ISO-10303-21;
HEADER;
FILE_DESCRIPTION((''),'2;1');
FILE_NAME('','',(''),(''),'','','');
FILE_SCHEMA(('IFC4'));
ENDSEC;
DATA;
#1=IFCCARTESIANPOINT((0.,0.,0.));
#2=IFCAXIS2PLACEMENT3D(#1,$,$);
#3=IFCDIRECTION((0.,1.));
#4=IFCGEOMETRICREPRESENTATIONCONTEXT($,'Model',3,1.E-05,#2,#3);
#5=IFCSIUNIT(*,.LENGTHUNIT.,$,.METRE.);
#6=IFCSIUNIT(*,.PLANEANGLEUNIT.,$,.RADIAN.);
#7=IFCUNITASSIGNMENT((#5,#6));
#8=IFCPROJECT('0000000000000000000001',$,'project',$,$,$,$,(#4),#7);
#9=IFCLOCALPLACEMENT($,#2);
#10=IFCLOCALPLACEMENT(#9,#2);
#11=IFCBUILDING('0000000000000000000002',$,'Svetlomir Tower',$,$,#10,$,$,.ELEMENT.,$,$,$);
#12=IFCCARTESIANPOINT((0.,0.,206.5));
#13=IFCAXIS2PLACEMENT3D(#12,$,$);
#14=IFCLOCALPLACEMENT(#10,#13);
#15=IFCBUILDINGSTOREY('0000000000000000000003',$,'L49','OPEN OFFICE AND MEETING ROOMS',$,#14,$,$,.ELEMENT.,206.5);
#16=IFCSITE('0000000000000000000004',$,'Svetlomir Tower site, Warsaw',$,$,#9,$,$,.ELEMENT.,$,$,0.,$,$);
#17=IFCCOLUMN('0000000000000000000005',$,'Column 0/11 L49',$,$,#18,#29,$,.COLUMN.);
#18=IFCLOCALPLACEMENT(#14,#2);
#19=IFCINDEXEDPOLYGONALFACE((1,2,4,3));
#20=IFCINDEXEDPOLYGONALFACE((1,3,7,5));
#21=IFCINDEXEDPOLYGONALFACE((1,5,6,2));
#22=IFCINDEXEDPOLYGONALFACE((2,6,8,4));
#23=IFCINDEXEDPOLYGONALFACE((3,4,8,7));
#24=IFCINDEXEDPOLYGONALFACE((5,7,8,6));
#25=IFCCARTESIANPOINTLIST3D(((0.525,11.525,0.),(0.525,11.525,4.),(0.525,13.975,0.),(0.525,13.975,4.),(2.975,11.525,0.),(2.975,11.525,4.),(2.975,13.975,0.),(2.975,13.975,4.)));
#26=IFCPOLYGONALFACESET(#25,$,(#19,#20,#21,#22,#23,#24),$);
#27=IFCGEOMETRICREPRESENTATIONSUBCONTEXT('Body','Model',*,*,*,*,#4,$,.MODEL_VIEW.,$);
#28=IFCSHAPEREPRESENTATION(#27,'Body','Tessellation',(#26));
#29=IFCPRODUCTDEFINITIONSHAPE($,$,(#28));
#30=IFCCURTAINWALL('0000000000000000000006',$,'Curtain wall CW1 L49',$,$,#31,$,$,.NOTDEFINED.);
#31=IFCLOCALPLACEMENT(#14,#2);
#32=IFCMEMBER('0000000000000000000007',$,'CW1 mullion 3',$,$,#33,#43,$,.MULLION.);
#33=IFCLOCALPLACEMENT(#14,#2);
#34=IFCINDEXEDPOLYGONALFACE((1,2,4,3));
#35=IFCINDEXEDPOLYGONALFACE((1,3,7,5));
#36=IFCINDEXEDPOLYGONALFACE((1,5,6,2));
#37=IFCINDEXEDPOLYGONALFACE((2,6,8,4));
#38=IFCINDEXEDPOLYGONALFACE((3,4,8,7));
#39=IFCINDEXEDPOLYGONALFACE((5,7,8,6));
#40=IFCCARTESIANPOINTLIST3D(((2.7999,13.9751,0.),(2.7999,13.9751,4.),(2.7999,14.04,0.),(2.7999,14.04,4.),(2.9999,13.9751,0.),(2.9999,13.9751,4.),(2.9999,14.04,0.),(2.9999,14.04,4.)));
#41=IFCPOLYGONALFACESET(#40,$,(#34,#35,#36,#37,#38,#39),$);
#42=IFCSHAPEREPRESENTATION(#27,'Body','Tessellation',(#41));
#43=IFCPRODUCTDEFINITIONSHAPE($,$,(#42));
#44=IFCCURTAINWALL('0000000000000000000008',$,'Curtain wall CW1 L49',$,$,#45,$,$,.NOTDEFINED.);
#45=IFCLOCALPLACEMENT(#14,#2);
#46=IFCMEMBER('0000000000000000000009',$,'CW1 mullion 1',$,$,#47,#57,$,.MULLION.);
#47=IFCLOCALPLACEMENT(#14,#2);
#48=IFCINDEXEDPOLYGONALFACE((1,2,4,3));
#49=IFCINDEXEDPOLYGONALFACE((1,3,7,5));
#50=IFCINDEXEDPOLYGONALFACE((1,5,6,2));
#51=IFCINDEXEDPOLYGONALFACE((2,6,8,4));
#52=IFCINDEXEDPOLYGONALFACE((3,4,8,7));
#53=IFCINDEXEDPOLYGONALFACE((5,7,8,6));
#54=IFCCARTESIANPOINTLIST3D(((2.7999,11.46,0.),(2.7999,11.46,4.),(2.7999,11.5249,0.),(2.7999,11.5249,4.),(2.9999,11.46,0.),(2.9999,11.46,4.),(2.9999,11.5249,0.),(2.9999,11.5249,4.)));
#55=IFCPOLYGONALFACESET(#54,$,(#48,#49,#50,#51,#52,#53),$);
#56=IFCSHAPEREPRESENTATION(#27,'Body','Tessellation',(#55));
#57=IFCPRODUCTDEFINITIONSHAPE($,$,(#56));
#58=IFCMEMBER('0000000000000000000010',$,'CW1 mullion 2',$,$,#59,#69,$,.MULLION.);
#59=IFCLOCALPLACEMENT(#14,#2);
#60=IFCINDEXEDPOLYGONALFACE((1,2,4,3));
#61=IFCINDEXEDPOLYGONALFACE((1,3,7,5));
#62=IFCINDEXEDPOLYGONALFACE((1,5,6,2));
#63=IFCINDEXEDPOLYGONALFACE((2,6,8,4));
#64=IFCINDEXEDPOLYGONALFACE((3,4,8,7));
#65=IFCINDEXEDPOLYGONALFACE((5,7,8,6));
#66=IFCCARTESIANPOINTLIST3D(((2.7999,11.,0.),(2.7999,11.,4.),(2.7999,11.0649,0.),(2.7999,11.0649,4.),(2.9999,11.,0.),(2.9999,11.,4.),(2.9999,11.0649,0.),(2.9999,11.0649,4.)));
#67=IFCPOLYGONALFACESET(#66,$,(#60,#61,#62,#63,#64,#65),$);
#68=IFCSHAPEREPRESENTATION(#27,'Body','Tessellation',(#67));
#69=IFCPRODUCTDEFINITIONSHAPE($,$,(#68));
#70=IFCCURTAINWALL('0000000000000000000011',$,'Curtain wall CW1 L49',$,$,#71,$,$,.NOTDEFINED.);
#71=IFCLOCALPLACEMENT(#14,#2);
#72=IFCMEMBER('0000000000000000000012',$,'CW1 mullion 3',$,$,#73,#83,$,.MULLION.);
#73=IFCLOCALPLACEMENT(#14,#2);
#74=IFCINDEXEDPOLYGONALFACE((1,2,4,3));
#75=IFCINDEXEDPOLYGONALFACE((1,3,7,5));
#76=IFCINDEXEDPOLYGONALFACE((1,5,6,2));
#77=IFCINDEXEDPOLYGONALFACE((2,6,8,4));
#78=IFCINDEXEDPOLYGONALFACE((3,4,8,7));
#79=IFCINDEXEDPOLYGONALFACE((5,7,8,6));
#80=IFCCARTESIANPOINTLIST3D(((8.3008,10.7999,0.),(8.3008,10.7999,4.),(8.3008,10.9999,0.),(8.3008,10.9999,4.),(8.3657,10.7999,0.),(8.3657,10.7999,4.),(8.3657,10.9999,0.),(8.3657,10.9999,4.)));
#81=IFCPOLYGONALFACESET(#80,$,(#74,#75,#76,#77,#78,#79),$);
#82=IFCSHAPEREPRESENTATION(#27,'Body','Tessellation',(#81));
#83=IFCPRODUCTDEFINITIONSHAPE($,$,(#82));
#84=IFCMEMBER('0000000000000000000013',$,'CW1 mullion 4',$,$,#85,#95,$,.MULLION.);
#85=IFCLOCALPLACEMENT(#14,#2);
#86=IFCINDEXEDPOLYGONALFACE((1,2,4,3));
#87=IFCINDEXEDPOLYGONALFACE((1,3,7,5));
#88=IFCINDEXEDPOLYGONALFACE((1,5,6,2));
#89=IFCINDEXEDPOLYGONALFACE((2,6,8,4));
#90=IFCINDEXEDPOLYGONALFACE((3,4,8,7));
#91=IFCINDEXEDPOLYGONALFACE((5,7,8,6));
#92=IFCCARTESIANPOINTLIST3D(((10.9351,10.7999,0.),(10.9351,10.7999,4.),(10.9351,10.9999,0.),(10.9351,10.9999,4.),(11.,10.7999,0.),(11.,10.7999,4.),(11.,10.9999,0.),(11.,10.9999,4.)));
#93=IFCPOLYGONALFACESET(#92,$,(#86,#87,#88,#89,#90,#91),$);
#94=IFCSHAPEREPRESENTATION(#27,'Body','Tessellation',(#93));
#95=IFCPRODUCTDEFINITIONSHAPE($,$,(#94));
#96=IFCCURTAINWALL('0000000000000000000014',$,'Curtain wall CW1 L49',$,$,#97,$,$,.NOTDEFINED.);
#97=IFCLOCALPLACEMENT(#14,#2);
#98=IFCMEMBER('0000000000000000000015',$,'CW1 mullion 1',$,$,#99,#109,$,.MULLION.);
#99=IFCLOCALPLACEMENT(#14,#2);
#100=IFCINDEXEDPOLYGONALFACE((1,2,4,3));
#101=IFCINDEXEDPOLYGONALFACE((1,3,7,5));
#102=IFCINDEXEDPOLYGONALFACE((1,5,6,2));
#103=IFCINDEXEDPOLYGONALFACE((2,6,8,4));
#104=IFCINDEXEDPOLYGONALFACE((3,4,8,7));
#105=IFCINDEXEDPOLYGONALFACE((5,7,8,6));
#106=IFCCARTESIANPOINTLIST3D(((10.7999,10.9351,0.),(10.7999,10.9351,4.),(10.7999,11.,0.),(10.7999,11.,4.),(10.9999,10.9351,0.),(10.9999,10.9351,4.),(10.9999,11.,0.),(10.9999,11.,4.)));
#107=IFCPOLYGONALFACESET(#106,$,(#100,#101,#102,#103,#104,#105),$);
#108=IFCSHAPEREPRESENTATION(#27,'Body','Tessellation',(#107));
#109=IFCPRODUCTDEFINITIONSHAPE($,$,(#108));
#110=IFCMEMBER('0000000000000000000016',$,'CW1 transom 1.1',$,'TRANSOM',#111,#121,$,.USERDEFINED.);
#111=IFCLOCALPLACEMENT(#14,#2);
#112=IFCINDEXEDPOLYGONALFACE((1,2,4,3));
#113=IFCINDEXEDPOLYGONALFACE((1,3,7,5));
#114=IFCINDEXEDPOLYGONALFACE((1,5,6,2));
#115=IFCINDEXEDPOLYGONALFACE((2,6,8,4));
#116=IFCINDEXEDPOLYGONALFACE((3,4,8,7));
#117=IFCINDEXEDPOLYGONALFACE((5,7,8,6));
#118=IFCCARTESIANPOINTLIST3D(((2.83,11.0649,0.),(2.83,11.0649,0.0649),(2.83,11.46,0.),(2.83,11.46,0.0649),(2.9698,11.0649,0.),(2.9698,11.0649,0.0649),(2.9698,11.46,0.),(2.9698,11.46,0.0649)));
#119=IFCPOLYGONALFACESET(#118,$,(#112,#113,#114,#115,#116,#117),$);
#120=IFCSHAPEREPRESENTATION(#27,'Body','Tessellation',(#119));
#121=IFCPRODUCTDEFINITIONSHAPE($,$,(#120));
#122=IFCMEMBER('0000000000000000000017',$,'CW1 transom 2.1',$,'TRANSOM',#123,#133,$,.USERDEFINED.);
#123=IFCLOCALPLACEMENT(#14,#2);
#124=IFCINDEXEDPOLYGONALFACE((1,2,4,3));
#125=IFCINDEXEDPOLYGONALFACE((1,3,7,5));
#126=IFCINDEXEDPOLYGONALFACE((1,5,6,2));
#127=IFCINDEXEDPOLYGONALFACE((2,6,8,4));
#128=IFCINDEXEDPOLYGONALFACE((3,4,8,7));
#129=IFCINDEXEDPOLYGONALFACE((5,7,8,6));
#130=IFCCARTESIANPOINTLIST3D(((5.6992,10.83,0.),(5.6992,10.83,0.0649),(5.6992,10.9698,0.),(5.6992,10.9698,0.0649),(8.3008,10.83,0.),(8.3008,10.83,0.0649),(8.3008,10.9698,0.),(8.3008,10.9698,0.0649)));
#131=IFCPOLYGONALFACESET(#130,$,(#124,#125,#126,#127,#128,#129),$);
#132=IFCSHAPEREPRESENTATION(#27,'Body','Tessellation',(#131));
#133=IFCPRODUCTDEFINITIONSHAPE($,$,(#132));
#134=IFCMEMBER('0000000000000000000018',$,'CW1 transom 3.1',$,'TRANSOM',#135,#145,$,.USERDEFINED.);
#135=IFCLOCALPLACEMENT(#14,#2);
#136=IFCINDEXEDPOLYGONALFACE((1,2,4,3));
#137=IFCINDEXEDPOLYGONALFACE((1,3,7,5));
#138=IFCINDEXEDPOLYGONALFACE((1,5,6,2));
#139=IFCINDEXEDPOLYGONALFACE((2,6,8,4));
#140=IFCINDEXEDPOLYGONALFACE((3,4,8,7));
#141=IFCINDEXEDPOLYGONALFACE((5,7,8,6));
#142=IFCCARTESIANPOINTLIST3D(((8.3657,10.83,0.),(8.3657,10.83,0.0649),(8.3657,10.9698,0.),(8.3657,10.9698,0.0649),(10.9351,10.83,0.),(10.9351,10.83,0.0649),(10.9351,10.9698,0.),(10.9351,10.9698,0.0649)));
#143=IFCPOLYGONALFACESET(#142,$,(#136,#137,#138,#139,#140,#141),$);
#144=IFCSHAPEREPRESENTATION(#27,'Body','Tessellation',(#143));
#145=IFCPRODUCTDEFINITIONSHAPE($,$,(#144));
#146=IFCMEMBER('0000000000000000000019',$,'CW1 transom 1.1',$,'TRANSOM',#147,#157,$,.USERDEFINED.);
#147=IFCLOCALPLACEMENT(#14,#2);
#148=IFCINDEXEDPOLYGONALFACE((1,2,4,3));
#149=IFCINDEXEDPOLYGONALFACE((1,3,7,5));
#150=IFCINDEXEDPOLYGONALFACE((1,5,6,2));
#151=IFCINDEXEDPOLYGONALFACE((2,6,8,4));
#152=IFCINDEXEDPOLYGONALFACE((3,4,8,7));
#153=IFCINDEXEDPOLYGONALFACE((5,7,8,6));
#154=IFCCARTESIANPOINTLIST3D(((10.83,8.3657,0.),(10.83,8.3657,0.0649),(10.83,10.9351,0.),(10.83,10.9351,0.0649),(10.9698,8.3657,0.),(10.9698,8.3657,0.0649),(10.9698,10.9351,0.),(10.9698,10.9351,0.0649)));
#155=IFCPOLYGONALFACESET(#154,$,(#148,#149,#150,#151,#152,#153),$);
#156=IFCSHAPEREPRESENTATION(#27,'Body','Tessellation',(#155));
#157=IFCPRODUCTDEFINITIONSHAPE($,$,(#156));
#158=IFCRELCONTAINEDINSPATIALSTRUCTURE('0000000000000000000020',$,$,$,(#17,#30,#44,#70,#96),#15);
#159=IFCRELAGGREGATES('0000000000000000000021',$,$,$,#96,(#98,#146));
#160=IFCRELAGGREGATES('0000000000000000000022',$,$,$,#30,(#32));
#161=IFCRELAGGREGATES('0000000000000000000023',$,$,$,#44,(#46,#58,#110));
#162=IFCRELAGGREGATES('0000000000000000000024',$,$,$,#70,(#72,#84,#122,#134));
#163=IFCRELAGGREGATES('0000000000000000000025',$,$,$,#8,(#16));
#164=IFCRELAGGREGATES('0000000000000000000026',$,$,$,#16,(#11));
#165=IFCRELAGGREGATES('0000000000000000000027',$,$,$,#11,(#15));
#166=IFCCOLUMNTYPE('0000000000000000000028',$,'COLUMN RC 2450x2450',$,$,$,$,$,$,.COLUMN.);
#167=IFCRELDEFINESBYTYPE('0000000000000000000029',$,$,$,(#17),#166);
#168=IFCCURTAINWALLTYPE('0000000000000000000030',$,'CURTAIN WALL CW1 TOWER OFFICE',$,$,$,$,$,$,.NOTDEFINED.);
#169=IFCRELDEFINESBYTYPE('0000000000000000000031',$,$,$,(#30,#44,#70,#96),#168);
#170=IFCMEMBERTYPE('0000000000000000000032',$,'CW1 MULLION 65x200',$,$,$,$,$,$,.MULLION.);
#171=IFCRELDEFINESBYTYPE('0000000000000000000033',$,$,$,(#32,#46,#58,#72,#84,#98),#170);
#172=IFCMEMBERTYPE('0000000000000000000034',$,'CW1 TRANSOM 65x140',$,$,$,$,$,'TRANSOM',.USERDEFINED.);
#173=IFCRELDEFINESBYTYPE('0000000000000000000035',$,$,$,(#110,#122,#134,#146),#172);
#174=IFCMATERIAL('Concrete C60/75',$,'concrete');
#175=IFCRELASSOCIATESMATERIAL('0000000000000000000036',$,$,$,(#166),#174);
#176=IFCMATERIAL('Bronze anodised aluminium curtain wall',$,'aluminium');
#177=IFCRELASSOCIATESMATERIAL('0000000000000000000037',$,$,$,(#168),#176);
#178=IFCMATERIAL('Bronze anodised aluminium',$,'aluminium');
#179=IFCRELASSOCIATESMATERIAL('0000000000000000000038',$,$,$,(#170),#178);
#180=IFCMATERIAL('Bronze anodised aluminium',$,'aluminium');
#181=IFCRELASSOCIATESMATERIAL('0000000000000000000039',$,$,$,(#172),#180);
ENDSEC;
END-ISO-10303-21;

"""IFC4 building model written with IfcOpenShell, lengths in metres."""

from ifc_helpers import new_model, si_unit, direction, frame, origin, origin_2d, place, context, subcontext, project, spatial, rectangle, extrude, material, material_profile, profile_set, type_object, element, aggregate, save


model = new_model("IFC4")

# Units and contexts
model_context = context("Model", 3, precision=1e-05, world=origin(), true_north=direction((0.0, 1.0)))
body_context = subcontext(model_context, "Body", "Model", "MODEL_VIEW")
ifc_project = project(units=[si_unit("LENGTHUNIT", "METRE"), si_unit("PLANEANGLEUNIT", "RADIAN")], contexts=[model_context])

# Site, building, storey
site_placement = place(None, origin())
site = spatial("IfcSite", under=ifc_project, at=site_placement, Name="Svetlomir Tower site, Warsaw", CompositionType="ELEMENT", RefElevation=0.0)
building_placement = place(site_placement, origin())
building = spatial("IfcBuilding", under=site, at=building_placement, Name="Svetlomir Tower", CompositionType="ELEMENT")
storey_placement = place(building_placement, frame((0.0, 0.0, 206.5)))
storey = spatial("IfcBuildingStorey", under=building, at=storey_placement, Name="L49", Description="OPEN OFFICE AND MEETING ROOMS", CompositionType="ELEMENT", Elevation=206.5)

# Column
ifc_material_1 = material(Name="Concrete C60/75", Category="concrete")
ifc_material_profile_1 = material_profile(ifc_material_1, rectangle(XDim=2.45, YDim=2.45, at=origin_2d()), Name="RC 2450x2450")
ifc_profile_set_1 = profile_set([ifc_material_profile_1], Name="Concrete C60/75")
column_type = type_object("IfcColumnType", Name="COLUMN RC 2450x2450", PredefinedType="COLUMN", material=ifc_profile_set_1)
column_placement = place(storey_placement, frame((1.75, 12.75, 0.0), z_axis=(0.0, 0.0, 1.0), x_axis=(1.0, 0.0, 0.0)))
element("IfcColumn", 1, at=column_placement, inside=storey, type_object=column_type, Name="Column 0/11 L49", PredefinedType="COLUMN", context=body_context, shape_type="SweptSolid", body=[
    extrude(rectangle(XDim=2.45, YDim=2.45, at=origin_2d()), origin(), (0.0, 0.0, 1.0), 4.0),
])

# Curtain wall, member
ifc_material_2 = material(Name="Bronze anodised aluminium curtain wall", Category="aluminium")
curtain_wall_type = type_object("IfcCurtainWallType", Name="CURTAIN WALL CW1 TOWER OFFICE", PredefinedType="NOTDEFINED", material=ifc_material_2)
curtain_wall_1_placement = place(storey_placement, origin())
curtain_wall_1 = element("IfcCurtainWall", 2, at=curtain_wall_1_placement, inside=storey, type_object=curtain_wall_type, Name="Curtain wall CW1 L49", PredefinedType="NOTDEFINED")
ifc_material_3 = material(Name="Bronze anodised aluminium", Category="aluminium")
ifc_material_profile_2 = material_profile(ifc_material_3, rectangle(XDim=0.0649, YDim=0.2, at=origin_2d()), Name="AL 65x200")
ifc_profile_set_2 = profile_set([ifc_material_profile_2], Name="Bronze anodised aluminium 6063-T6")
member_type_1 = type_object("IfcMemberType", Name="CW1 MULLION 65x200", PredefinedType="MULLION", material=ifc_profile_set_2)
member_1_placement = place(storey_placement, frame((2.8999, 14.0076, 0.0), z_axis=(0.0, 0.0, 1.0), x_axis=(0.0, -1.0, 0.0)))
member_1 = element("IfcMember", 3, at=member_1_placement, type_object=member_type_1, Name="CW1 mullion 3", PredefinedType="MULLION", context=body_context, shape_type="SweptSolid", body=[
    extrude(rectangle(XDim=0.0649, YDim=0.2, at=origin_2d()), origin(), (0.0, 0.0, 1.0), 4.0),
])

# Curtain walls, members
curtain_wall_2_placement = place(storey_placement, origin())
curtain_wall_2 = element("IfcCurtainWall", 4, at=curtain_wall_2_placement, inside=storey, type_object=curtain_wall_type, Name="Curtain wall CW1 L49", PredefinedType="NOTDEFINED")
member_2_placement = place(storey_placement, frame((2.8999, 11.4924, 0.0), z_axis=(0.0, 0.0, 1.0), x_axis=(0.0, -1.0, 0.0)))
member_2 = element("IfcMember", 5, at=member_2_placement, type_object=member_type_1, Name="CW1 mullion 1", PredefinedType="MULLION", context=body_context, shape_type="SweptSolid", body=[
    extrude(rectangle(XDim=0.0649, YDim=0.2, at=origin_2d()), origin(), (0.0, 0.0, 1.0), 4.0),
])
member_3_placement = place(storey_placement, frame((2.8999, 11.0325, 0.0), z_axis=(0.0, 0.0, 1.0), x_axis=(0.0, -1.0, 0.0)))
member_3 = element("IfcMember", 6, at=member_3_placement, type_object=member_type_1, Name="CW1 mullion 2", PredefinedType="MULLION", context=body_context, shape_type="SweptSolid", body=[
    extrude(rectangle(XDim=0.0649, YDim=0.2, at=origin_2d()), origin(), (0.0, 0.0, 1.0), 4.0),
])
curtain_wall_3_placement = place(storey_placement, origin())
curtain_wall_3 = element("IfcCurtainWall", 7, at=curtain_wall_3_placement, inside=storey, type_object=curtain_wall_type, Name="Curtain wall CW1 L49", PredefinedType="NOTDEFINED")
member_4_placement = place(storey_placement, frame((8.3333, 10.8999, 0.0), z_axis=(0.0, 0.0, 1.0), x_axis=(1.0, 0.0, 0.0)))
member_4 = element("IfcMember", 8, at=member_4_placement, type_object=member_type_1, Name="CW1 mullion 3", PredefinedType="MULLION", context=body_context, shape_type="SweptSolid", body=[
    extrude(rectangle(XDim=0.0649, YDim=0.2, at=origin_2d()), origin(), (0.0, 0.0, 1.0), 4.0),
])
member_5_placement = place(storey_placement, frame((10.9675, 10.8999, 0.0), z_axis=(0.0, 0.0, 1.0), x_axis=(1.0, 0.0, 0.0)))
member_5 = element("IfcMember", 9, at=member_5_placement, type_object=member_type_1, Name="CW1 mullion 4", PredefinedType="MULLION", context=body_context, shape_type="SweptSolid", body=[
    extrude(rectangle(XDim=0.0649, YDim=0.2, at=origin_2d()), origin(), (0.0, 0.0, 1.0), 4.0),
])

# Curtain wall, member
curtain_wall_4_placement = place(storey_placement, origin())
curtain_wall_4 = element("IfcCurtainWall", 10, at=curtain_wall_4_placement, inside=storey, type_object=curtain_wall_type, Name="Curtain wall CW1 L49", PredefinedType="NOTDEFINED")
member_6_placement = place(storey_placement, frame((10.8999, 10.9675, 0.0), z_axis=(0.0, 0.0, 1.0), x_axis=(0.0, -1.0, 0.0)))
member_6 = element("IfcMember", 11, at=member_6_placement, type_object=member_type_1, Name="CW1 mullion 1", PredefinedType="MULLION", context=body_context, shape_type="SweptSolid", body=[
    extrude(rectangle(XDim=0.0649, YDim=0.2, at=origin_2d()), origin(), (0.0, 0.0, 1.0), 4.0),
])

# Members
ifc_material_4 = material(Name="Bronze anodised aluminium", Category="aluminium")
ifc_material_profile_3 = material_profile(ifc_material_4, rectangle(XDim=0.1399, YDim=0.0649, at=origin_2d()), Name="AL 140x65")
ifc_profile_set_3 = profile_set([ifc_material_profile_3], Name="Bronze anodised aluminium 6063-T6")
member_type_2 = type_object("IfcMemberType", Name="CW1 TRANSOM 65x140", ElementType="TRANSOM", PredefinedType="USERDEFINED", material=ifc_profile_set_3)
member_7_placement = place(storey_placement, frame((2.8999, 11.46, 0.0325), z_axis=(0.0, -1.0, 0.0), x_axis=(1.0, 0.0, 0.0)))
member_7 = element("IfcMember", 12, at=member_7_placement, type_object=member_type_2, Name="CW1 transom 1.1", ObjectType="TRANSOM", PredefinedType="USERDEFINED", context=body_context, shape_type="SweptSolid", body=[
    extrude(rectangle(XDim=0.1399, YDim=0.0649, at=origin_2d()), origin(), (0.0, 0.0, 1.0), 0.395),
])
member_8_placement = place(storey_placement, frame((5.6992, 10.8999, 0.0325), z_axis=(1.0, 0.0, 0.0), x_axis=(0.0, 1.0, 0.0)))
member_8 = element("IfcMember", 13, at=member_8_placement, type_object=member_type_2, Name="CW1 transom 2.1", ObjectType="TRANSOM", PredefinedType="USERDEFINED", context=body_context, shape_type="SweptSolid", body=[
    extrude(rectangle(XDim=0.1399, YDim=0.0649, at=origin_2d()), origin(), (0.0, 0.0, 1.0), 2.6016),
])
member_9_placement = place(storey_placement, frame((8.3657, 10.8999, 0.0325), z_axis=(1.0, 0.0, 0.0), x_axis=(0.0, 1.0, 0.0)))
member_9 = element("IfcMember", 14, at=member_9_placement, type_object=member_type_2, Name="CW1 transom 3.1", ObjectType="TRANSOM", PredefinedType="USERDEFINED", context=body_context, shape_type="SweptSolid", body=[
    extrude(rectangle(XDim=0.1399, YDim=0.0649, at=origin_2d()), origin(), (0.0, 0.0, 1.0), 2.5693),
])
member_10_placement = place(storey_placement, frame((10.8999, 10.9351, 0.0325), z_axis=(0.0, -1.0, 0.0), x_axis=(1.0, 0.0, 0.0)))
member_10 = element("IfcMember", 15, at=member_10_placement, type_object=member_type_2, Name="CW1 transom 1.1", ObjectType="TRANSOM", PredefinedType="USERDEFINED", context=body_context, shape_type="SweptSolid", body=[
    extrude(rectangle(XDim=0.1399, YDim=0.0649, at=origin_2d()), origin(), (0.0, 0.0, 1.0), 2.5693),
])
aggregate(curtain_wall_4, [member_6, member_10])

aggregate(curtain_wall_1, [member_1])
aggregate(curtain_wall_2, [member_2, member_3, member_7])
aggregate(curtain_wall_3, [member_4, member_5, member_8, member_9])

save(model, "model.ifc")
